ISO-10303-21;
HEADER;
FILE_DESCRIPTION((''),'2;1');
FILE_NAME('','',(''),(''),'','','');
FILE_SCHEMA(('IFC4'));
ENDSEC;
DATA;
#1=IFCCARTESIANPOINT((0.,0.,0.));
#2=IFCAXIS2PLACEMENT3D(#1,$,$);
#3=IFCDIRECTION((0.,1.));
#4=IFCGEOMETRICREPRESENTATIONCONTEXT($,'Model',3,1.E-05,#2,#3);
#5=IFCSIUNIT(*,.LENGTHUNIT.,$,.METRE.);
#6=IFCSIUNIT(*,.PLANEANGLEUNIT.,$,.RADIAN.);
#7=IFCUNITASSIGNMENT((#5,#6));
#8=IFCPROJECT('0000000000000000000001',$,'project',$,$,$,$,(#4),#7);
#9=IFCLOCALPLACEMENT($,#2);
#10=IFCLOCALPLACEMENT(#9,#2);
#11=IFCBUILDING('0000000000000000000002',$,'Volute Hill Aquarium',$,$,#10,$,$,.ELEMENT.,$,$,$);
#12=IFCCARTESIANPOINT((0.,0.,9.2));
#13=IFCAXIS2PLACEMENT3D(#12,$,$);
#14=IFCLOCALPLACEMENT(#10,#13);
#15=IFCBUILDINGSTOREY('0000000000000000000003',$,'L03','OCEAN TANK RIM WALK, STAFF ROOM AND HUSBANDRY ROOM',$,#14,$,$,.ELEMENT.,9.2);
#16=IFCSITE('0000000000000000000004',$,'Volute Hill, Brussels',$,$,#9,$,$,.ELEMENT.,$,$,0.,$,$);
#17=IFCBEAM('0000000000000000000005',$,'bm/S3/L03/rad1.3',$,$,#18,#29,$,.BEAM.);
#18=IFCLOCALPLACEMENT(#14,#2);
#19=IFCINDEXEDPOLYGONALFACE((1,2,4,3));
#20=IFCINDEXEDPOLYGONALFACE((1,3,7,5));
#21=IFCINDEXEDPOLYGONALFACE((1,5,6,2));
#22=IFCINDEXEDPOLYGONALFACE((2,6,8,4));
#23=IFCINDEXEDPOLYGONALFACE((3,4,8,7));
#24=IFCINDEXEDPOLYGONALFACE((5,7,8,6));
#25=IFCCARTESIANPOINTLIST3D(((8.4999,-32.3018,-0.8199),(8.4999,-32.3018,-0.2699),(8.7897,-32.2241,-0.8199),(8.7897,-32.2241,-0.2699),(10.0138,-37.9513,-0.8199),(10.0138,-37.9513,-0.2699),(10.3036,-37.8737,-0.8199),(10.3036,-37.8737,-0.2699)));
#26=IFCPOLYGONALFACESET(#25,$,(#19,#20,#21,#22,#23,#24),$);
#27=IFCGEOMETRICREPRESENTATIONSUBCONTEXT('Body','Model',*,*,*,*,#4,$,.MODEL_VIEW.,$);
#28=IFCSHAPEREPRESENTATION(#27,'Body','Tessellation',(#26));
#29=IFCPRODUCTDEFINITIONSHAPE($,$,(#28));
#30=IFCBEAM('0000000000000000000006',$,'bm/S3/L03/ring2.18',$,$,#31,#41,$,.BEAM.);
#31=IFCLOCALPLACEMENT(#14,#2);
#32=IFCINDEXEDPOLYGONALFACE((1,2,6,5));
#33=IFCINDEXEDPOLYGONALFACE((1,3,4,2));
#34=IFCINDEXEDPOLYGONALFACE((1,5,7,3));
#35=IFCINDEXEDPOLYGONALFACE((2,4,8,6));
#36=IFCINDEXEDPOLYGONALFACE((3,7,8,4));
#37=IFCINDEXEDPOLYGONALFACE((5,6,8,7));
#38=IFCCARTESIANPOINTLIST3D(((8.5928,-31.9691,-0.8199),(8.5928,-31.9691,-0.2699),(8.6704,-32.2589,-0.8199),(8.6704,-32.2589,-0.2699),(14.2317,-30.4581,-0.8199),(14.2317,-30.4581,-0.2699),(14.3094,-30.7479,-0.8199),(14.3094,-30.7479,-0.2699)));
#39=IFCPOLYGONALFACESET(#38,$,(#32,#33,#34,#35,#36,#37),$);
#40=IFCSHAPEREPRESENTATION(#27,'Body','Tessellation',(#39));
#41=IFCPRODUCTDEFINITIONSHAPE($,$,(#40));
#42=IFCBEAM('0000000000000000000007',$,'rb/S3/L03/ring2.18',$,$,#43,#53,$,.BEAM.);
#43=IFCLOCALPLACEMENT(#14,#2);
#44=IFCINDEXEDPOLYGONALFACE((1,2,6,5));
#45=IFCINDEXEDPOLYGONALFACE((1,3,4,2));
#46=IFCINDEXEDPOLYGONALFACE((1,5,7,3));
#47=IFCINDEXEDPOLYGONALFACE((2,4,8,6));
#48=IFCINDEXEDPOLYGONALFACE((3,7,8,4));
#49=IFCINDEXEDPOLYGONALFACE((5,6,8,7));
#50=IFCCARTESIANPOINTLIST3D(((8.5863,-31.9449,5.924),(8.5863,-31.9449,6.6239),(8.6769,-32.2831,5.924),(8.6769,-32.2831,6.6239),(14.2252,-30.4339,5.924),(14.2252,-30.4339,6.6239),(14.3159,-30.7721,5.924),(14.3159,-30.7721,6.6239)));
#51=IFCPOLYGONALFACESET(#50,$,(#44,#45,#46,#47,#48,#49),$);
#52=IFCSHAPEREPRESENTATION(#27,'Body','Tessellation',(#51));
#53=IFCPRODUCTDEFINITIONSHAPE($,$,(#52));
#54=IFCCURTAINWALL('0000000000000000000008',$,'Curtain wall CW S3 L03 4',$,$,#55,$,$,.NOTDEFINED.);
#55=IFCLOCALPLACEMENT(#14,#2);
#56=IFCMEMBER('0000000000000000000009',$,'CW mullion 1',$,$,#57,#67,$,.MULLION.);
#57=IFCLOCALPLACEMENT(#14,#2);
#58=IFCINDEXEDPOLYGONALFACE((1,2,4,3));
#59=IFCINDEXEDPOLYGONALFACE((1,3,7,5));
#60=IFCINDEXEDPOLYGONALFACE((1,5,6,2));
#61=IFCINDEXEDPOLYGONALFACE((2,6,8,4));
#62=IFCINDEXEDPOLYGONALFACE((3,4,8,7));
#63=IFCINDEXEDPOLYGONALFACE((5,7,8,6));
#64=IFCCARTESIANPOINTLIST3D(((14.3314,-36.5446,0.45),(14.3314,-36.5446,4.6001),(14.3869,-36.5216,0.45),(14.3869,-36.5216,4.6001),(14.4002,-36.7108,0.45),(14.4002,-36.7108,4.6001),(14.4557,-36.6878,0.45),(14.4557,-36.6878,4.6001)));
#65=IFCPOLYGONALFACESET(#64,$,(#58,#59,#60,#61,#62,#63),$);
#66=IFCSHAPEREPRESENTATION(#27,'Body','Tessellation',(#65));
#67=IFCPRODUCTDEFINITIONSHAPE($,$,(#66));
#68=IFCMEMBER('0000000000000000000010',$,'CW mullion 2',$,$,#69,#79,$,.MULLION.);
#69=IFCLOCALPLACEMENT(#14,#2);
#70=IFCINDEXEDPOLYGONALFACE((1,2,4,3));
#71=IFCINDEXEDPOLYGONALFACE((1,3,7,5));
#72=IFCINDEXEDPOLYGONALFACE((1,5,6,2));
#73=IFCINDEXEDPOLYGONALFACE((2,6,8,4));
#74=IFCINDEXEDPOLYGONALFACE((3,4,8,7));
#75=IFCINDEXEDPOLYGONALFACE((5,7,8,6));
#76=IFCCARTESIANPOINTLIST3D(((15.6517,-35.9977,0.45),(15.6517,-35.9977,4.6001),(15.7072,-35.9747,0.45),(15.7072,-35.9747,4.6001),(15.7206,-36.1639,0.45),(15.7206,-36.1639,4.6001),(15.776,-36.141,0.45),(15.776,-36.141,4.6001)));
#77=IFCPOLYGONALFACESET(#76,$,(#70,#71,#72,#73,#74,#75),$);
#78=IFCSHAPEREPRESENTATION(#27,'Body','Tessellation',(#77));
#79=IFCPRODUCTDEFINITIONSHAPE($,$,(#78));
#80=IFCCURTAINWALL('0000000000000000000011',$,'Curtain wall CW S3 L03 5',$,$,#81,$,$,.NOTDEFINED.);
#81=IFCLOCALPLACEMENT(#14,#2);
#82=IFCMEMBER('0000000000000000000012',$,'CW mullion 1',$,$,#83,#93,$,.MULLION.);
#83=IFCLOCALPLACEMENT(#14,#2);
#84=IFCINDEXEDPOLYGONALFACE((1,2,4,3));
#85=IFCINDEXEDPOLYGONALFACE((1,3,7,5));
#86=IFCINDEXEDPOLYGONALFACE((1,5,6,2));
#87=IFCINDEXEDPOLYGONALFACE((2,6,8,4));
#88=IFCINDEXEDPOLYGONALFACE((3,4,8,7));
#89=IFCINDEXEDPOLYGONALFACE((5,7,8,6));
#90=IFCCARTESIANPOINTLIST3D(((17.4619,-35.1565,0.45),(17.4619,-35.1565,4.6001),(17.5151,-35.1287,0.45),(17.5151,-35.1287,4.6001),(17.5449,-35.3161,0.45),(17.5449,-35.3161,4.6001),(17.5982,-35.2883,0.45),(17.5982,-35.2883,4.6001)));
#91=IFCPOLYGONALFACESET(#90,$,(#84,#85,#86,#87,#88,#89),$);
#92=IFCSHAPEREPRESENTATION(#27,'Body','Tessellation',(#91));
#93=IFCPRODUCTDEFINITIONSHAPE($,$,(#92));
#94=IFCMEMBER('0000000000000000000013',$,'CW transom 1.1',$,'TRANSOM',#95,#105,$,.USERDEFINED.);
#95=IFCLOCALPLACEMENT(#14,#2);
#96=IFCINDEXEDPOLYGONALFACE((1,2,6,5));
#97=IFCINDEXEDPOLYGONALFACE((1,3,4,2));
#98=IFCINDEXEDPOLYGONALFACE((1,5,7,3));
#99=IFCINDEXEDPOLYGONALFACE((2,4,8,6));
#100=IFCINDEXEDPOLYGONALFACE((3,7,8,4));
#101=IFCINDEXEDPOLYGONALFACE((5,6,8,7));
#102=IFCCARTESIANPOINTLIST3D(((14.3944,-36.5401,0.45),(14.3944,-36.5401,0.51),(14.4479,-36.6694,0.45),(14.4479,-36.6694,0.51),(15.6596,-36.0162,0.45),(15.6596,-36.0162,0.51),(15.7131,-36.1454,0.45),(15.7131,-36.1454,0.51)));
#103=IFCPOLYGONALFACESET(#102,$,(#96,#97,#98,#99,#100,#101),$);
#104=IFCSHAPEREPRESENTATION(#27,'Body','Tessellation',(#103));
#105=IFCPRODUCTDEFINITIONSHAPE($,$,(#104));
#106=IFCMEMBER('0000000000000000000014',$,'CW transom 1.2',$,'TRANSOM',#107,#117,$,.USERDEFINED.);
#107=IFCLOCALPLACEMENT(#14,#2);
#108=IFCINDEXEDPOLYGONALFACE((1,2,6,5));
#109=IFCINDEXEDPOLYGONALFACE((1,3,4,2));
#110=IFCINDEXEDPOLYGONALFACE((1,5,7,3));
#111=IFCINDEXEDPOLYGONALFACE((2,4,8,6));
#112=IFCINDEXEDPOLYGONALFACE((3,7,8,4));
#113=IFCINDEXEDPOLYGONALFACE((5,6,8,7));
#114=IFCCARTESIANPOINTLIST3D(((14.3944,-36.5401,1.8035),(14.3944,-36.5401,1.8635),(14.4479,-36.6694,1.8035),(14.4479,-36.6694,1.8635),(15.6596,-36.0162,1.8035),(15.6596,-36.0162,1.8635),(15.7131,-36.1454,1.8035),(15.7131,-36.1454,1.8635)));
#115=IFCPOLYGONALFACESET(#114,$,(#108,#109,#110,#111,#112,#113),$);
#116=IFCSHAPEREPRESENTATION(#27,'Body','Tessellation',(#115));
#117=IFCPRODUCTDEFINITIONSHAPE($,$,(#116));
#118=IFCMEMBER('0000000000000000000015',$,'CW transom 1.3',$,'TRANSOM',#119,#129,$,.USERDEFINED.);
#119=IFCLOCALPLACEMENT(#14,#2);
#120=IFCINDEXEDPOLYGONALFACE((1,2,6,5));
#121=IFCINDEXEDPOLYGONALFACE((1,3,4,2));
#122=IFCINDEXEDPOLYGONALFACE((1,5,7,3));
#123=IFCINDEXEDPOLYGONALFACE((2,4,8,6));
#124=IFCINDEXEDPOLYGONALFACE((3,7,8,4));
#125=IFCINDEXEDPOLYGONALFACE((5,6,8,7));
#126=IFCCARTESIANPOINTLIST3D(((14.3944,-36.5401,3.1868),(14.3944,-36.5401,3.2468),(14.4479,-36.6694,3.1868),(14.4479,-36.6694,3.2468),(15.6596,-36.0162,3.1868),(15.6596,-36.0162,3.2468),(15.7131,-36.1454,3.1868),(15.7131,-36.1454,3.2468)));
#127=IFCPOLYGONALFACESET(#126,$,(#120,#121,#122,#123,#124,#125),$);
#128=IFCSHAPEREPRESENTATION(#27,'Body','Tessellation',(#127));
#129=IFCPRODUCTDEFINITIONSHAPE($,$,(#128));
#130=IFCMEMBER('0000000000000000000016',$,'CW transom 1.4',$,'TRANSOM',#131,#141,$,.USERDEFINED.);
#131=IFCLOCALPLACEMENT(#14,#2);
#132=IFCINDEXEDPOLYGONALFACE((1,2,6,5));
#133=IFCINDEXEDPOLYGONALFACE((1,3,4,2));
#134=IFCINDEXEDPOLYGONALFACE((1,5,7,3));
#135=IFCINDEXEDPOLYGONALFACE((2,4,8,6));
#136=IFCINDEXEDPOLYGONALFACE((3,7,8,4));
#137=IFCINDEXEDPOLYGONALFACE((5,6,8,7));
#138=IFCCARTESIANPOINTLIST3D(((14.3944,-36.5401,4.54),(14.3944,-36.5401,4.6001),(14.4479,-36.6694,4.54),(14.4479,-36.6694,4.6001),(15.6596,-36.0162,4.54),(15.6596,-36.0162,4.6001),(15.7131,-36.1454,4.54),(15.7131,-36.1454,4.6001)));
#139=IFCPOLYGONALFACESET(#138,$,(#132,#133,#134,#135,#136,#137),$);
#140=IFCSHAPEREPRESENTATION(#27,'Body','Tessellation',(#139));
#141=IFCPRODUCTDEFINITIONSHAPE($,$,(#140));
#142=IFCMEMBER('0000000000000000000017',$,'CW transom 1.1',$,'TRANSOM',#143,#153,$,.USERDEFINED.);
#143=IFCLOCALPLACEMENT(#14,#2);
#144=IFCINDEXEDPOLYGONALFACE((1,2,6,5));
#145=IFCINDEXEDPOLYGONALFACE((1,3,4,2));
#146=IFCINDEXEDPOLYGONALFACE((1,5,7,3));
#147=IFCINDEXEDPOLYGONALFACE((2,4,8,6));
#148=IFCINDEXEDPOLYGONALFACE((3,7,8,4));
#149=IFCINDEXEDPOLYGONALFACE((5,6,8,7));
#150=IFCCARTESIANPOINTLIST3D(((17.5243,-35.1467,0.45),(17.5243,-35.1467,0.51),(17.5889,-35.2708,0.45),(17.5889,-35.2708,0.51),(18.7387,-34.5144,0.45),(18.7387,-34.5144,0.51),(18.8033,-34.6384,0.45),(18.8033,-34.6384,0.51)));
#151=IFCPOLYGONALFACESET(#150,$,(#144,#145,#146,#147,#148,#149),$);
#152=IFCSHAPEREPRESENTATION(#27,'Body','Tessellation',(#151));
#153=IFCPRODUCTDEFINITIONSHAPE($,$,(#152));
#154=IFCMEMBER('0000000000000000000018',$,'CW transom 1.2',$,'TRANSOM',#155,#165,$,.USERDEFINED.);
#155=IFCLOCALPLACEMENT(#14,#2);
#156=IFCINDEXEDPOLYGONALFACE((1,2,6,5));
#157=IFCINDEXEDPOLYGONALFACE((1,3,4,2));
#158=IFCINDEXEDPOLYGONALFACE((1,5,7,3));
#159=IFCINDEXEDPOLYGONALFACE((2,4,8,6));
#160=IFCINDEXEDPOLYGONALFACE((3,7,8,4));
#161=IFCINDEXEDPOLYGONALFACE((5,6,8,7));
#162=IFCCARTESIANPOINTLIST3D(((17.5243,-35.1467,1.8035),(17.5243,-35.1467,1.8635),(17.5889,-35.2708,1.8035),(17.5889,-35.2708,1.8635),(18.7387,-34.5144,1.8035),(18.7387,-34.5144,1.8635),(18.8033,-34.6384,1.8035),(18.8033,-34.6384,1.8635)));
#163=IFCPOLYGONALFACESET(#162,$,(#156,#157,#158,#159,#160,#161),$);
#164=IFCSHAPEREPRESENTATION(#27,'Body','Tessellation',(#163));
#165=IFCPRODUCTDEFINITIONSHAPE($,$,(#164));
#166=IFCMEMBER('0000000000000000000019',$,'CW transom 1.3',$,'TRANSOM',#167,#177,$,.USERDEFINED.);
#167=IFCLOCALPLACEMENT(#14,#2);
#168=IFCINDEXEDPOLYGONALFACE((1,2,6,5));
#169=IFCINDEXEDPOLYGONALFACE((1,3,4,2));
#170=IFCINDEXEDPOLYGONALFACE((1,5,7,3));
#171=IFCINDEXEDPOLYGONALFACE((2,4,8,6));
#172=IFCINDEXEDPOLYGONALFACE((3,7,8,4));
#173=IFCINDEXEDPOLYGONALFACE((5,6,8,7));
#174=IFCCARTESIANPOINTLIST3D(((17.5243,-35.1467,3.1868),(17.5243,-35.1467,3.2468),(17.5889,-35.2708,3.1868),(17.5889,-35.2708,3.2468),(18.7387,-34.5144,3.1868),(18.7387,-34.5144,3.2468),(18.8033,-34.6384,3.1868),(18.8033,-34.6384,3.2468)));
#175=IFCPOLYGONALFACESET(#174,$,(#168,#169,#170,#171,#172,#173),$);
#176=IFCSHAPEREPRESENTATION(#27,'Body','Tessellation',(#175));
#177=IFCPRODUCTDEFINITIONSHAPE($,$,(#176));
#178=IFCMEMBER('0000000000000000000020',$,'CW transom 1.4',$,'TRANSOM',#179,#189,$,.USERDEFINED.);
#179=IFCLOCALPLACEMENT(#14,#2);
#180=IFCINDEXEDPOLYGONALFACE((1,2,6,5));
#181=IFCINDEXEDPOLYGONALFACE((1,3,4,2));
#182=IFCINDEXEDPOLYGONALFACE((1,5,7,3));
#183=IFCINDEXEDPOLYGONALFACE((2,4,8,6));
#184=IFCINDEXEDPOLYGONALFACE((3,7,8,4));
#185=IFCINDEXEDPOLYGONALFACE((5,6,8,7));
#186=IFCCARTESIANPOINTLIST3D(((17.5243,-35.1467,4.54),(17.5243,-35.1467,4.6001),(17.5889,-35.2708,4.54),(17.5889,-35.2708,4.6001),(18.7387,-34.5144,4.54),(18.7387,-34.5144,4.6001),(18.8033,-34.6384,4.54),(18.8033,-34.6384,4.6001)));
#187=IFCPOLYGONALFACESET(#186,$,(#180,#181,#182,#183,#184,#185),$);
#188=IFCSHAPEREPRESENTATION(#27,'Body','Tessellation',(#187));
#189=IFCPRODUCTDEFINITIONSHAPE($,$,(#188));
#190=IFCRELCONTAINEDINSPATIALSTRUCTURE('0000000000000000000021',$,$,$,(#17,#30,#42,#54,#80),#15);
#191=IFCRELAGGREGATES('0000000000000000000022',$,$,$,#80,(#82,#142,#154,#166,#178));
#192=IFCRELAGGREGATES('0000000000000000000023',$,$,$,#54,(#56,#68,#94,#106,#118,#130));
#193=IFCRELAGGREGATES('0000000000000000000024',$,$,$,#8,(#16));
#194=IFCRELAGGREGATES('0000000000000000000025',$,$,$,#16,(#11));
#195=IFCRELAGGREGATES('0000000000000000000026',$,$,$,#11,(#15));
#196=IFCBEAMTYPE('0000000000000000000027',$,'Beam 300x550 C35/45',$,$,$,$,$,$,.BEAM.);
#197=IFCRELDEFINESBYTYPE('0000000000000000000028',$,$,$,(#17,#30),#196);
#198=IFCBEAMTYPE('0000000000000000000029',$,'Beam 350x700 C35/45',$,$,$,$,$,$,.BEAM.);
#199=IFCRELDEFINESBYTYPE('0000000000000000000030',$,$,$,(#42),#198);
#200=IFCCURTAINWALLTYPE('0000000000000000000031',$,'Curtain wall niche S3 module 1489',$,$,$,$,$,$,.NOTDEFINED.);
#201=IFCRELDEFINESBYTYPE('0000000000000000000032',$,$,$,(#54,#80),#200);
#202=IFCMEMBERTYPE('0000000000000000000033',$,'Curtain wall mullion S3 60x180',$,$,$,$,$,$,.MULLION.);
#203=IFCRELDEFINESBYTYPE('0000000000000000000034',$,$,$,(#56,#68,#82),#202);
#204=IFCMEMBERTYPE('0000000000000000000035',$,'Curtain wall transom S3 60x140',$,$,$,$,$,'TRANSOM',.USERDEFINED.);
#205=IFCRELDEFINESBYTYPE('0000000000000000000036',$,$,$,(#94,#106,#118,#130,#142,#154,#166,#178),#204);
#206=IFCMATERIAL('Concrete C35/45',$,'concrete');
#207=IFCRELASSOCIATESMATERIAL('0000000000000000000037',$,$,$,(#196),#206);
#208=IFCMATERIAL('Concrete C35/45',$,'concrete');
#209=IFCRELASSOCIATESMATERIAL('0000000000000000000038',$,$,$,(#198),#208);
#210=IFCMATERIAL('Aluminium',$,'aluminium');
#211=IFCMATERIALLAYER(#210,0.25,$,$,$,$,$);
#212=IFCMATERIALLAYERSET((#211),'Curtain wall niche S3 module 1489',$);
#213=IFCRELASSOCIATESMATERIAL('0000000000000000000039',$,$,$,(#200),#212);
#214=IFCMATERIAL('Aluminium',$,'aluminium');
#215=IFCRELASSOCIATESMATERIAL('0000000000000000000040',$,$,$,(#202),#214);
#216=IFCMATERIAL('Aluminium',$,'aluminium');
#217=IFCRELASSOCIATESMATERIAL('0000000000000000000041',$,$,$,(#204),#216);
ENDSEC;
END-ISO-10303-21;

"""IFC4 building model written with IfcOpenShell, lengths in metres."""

from ifc_helpers import new_model, si_unit, direction, frame, origin, origin_2d, place, context, subcontext, project, spatial, rectangle, extrude, material, layer, layer_set, material_profile, profile_set, type_object, element, aggregate, save


model = new_model("IFC4")

# Units and contexts
model_context = context("Model", 3, precision=1e-05, world=origin(), true_north=direction((0.0, 1.0)))
body_context = subcontext(model_context, "Body", "Model", "MODEL_VIEW")
ifc_project = project(units=[si_unit("LENGTHUNIT", "METRE"), si_unit("PLANEANGLEUNIT", "RADIAN")], contexts=[model_context])

# Site, building, storey
site_placement = place(None, origin())
site = spatial("IfcSite", under=ifc_project, at=site_placement, Name="Volute Hill, Brussels", CompositionType="ELEMENT", RefElevation=0.0)
building_placement = place(site_placement, origin())
building = spatial("IfcBuilding", under=site, at=building_placement, Name="Volute Hill Aquarium", CompositionType="ELEMENT")
storey_placement = place(building_placement, frame((0.0, 0.0, 9.2)))
storey = spatial("IfcBuildingStorey", under=building, at=storey_placement, Name="L03", Description="OCEAN TANK RIM WALK, STAFF ROOM AND HUSBANDRY ROOM", CompositionType="ELEMENT", Elevation=9.2)

# Beams
ifc_material_1 = material(Name="Concrete C35/45", Category="concrete")
ifc_material_profile_1 = material_profile(ifc_material_1, rectangle(XDim=0.3, YDim=0.55, at=origin_2d()), Name="RC beam 300x550")
ifc_profile_set_1 = profile_set([ifc_material_profile_1], Name="Concrete C35/45")
beam_type_1 = type_object("IfcBeamType", Name="Beam 300x550 C35/45", PredefinedType="BEAM", material=ifc_profile_set_1)
beam_1_placement = place(storey_placement, frame((8.6448, -32.2629, -0.5449), z_axis=(0.258834, -0.965922, 0.0), x_axis=(0.965922, 0.258834, 0.0)))
element("IfcBeam", 1, at=beam_1_placement, inside=storey, type_object=beam_type_1, Name="bm/S3/L03/rad1.3", PredefinedType="BEAM", context=body_context, shape_type="SweptSolid", body=[
    extrude(rectangle(XDim=0.3, YDim=0.55, at=origin_2d()), origin(), (0.0, 0.0, 1.0), 5.8489),
])
beam_2_placement = place(storey_placement, frame((8.6316, -32.114, -0.5449), z_axis=(0.965924, 0.258826, 0.0), x_axis=(-0.258826, 0.965924, 0.0)))
element("IfcBeam", 2, at=beam_2_placement, inside=storey, type_object=beam_type_1, Name="bm/S3/L03/ring2.18", PredefinedType="BEAM", context=body_context, shape_type="SweptSolid", body=[
    extrude(rectangle(XDim=0.3, YDim=0.55, at=origin_2d()), origin(), (0.0, 0.0, 1.0), 5.8379),
])
ifc_material_2 = material(Name="Concrete C35/45", Category="concrete")
ifc_material_profile_2 = material_profile(ifc_material_2, rectangle(XDim=0.3501, YDim=0.7, at=origin_2d()), Name="RC beam 350x700")
ifc_profile_set_2 = profile_set([ifc_material_profile_2], Name="Concrete C35/45")
beam_type_2 = type_object("IfcBeamType", Name="Beam 350x700 C35/45", PredefinedType="BEAM", material=ifc_profile_set_2)
beam_3_placement = place(storey_placement, frame((8.6316, -32.114, 6.2739), z_axis=(0.965924, 0.258826, 0.0), x_axis=(-0.258826, 0.965924, 0.0)))
element("IfcBeam", 3, at=beam_3_placement, inside=storey, type_object=beam_type_2, Name="rb/S3/L03/ring2.18", PredefinedType="BEAM", context=body_context, shape_type="SweptSolid", body=[
    extrude(rectangle(XDim=0.3501, YDim=0.7, at=origin_2d()), origin(), (0.0, 0.0, 1.0), 5.8379),
])

# Curtain wall, members
ifc_material_3 = material(Name="Aluminium", Category="aluminium")
ifc_layer_1 = layer(ifc_material_3, 0.25)
ifc_layer_set_1 = layer_set([ifc_layer_1], Name="Curtain wall niche S3 module 1489")
curtain_wall_type = type_object("IfcCurtainWallType", Name="Curtain wall niche S3 module 1489", PredefinedType="NOTDEFINED", material=ifc_layer_set_1)
curtain_wall_1_placement = place(storey_placement, origin())
curtain_wall_1 = element("IfcCurtainWall", 4, at=curtain_wall_1_placement, inside=storey, type_object=curtain_wall_type, Name="Curtain wall CW S3 L03 4", PredefinedType="NOTDEFINED")
ifc_material_4 = material(Name="Aluminium", Category="aluminium")
ifc_material_profile_3 = material_profile(ifc_material_4, rectangle(XDim=0.1799, YDim=0.0601, at=origin_2d()), Name="Curtain wall mullion S3 60x180")
ifc_profile_set_3 = profile_set([ifc_material_profile_3], Name="Aluminium")
member_type_1 = type_object("IfcMemberType", Name="Curtain wall mullion S3 60x180", PredefinedType="MULLION", material=ifc_profile_set_3)
member_1_placement = place(storey_placement, frame((14.3936, -36.6162, 0.45), z_axis=(0.0, 0.0, 1.0), x_axis=(-0.382693, 0.923876, 0.0)))
member_1 = element("IfcMember", 5, at=member_1_placement, type_object=member_type_1, Name="CW mullion 1", PredefinedType="MULLION", context=body_context, shape_type="SweptSolid", body=[
    extrude(rectangle(XDim=0.1799, YDim=0.0601, at=origin_2d()), origin(), (0.0, 0.0, 1.0), 4.1501),
])
member_2_placement = place(storey_placement, frame((15.7139, -36.0693, 0.45), z_axis=(0.0, 0.0, 1.0), x_axis=(-0.382693, 0.923876, 0.0)))
member_2 = element("IfcMember", 6, at=member_2_placement, type_object=member_type_1, Name="CW mullion 2", PredefinedType="MULLION", context=body_context, shape_type="SweptSolid", body=[
    extrude(rectangle(XDim=0.1799, YDim=0.0601, at=origin_2d()), origin(), (0.0, 0.0, 1.0), 4.1501),
])

# Curtain wall, member
curtain_wall_2_placement = place(storey_placement, origin())
curtain_wall_2 = element("IfcCurtainWall", 7, at=curtain_wall_2_placement, inside=storey, type_object=curtain_wall_type, Name="Curtain wall CW S3 L03 5", PredefinedType="NOTDEFINED")
member_3_placement = place(storey_placement, frame((17.53, -35.2224, 0.45), z_axis=(0.0, 0.0, 1.0), x_axis=(-0.461744, 0.887013, 0.0)))
member_3 = element("IfcMember", 8, at=member_3_placement, type_object=member_type_1, Name="CW mullion 1", PredefinedType="MULLION", context=body_context, shape_type="SweptSolid", body=[
    extrude(rectangle(XDim=0.1799, YDim=0.0601, at=origin_2d()), origin(), (0.0, 0.0, 1.0), 4.1501),
])

# Members
ifc_material_5 = material(Name="Aluminium", Category="aluminium")
ifc_material_profile_4 = material_profile(ifc_material_5, rectangle(XDim=0.1399, YDim=0.0601, at=origin_2d()), Name="Curtain wall transom S3 60x140")
ifc_profile_set_4 = profile_set([ifc_material_profile_4], Name="Aluminium")
member_type_2 = type_object("IfcMemberType", Name="Curtain wall transom S3 60x140", ElementType="TRANSOM", PredefinedType="USERDEFINED", material=ifc_profile_set_4)
member_4_placement = place(storey_placement, frame((14.4211, -36.6047, 0.48), z_axis=(0.923908, 0.382614, 0.0), x_axis=(-0.382614, 0.923908, 0.0)))
member_4 = element("IfcMember", 9, at=member_4_placement, type_object=member_type_2, Name="CW transom 1.1", ObjectType="TRANSOM", PredefinedType="USERDEFINED", context=body_context, shape_type="SweptSolid", body=[
    extrude(rectangle(XDim=0.1399, YDim=0.0601, at=origin_2d()), origin(), (0.0, 0.0, 1.0), 1.3694),
])
member_5_placement = place(storey_placement, frame((14.4211, -36.6047, 1.8335), z_axis=(0.923908, 0.382614, 0.0), x_axis=(-0.382614, 0.923908, 0.0)))
member_5 = element("IfcMember", 10, at=member_5_placement, type_object=member_type_2, Name="CW transom 1.2", ObjectType="TRANSOM", PredefinedType="USERDEFINED", context=body_context, shape_type="SweptSolid", body=[
    extrude(rectangle(XDim=0.1399, YDim=0.0601, at=origin_2d()), origin(), (0.0, 0.0, 1.0), 1.3694),
])
member_6_placement = place(storey_placement, frame((14.4211, -36.6047, 3.2168), z_axis=(0.923908, 0.382614, 0.0), x_axis=(-0.382614, 0.923908, 0.0)))
member_6 = element("IfcMember", 11, at=member_6_placement, type_object=member_type_2, Name="CW transom 1.3", ObjectType="TRANSOM", PredefinedType="USERDEFINED", context=body_context, shape_type="SweptSolid", body=[
    extrude(rectangle(XDim=0.1399, YDim=0.0601, at=origin_2d()), origin(), (0.0, 0.0, 1.0), 1.3694),
])
member_7_placement = place(storey_placement, frame((14.4211, -36.6047, 4.5701), z_axis=(0.923908, 0.382614, 0.0), x_axis=(-0.382614, 0.923908, 0.0)))
member_7 = element("IfcMember", 12, at=member_7_placement, type_object=member_type_2, Name="CW transom 1.4", ObjectType="TRANSOM", PredefinedType="USERDEFINED", context=body_context, shape_type="SweptSolid", body=[
    extrude(rectangle(XDim=0.1399, YDim=0.0601, at=origin_2d()), origin(), (0.0, 0.0, 1.0), 1.3694),
])
member_8_placement = place(storey_placement, frame((17.5566, -35.2087, 0.48), z_axis=(0.88696, 0.461847, 0.0), x_axis=(-0.461847, 0.88696, 0.0)))
member_8 = element("IfcMember", 13, at=member_8_placement, type_object=member_type_2, Name="CW transom 1.1", ObjectType="TRANSOM", PredefinedType="USERDEFINED", context=body_context, shape_type="SweptSolid", body=[
    extrude(rectangle(XDim=0.1399, YDim=0.0601, at=origin_2d()), origin(), (0.0, 0.0, 1.0), 1.3691),
])
member_9_placement = place(storey_placement, frame((17.5566, -35.2087, 1.8335), z_axis=(0.88696, 0.461847, 0.0), x_axis=(-0.461847, 0.88696, 0.0)))
member_9 = element("IfcMember", 14, at=member_9_placement, type_object=member_type_2, Name="CW transom 1.2", ObjectType="TRANSOM", PredefinedType="USERDEFINED", context=body_context, shape_type="SweptSolid", body=[
    extrude(rectangle(XDim=0.1399, YDim=0.0601, at=origin_2d()), origin(), (0.0, 0.0, 1.0), 1.3691),
])
member_10_placement = place(storey_placement, frame((17.5566, -35.2087, 3.2168), z_axis=(0.88696, 0.461847, 0.0), x_axis=(-0.461847, 0.88696, 0.0)))
member_10 = element("IfcMember", 15, at=member_10_placement, type_object=member_type_2, Name="CW transom 1.3", ObjectType="TRANSOM", PredefinedType="USERDEFINED", context=body_context, shape_type="SweptSolid", body=[
    extrude(rectangle(XDim=0.1399, YDim=0.0601, at=origin_2d()), origin(), (0.0, 0.0, 1.0), 1.3691),
])
member_11_placement = place(storey_placement, frame((17.5566, -35.2087, 4.5701), z_axis=(0.88696, 0.461847, 0.0), x_axis=(-0.461847, 0.88696, 0.0)))
member_11 = element("IfcMember", 16, at=member_11_placement, type_object=member_type_2, Name="CW transom 1.4", ObjectType="TRANSOM", PredefinedType="USERDEFINED", context=body_context, shape_type="SweptSolid", body=[
    extrude(rectangle(XDim=0.1399, YDim=0.0601, at=origin_2d()), origin(), (0.0, 0.0, 1.0), 1.3691),
])

aggregate(curtain_wall_2, [member_3, member_8, member_9, member_10, member_11])
aggregate(curtain_wall_1, [member_1, member_2, member_4, member_5, member_6, member_7])

save(model, "model.ifc")
